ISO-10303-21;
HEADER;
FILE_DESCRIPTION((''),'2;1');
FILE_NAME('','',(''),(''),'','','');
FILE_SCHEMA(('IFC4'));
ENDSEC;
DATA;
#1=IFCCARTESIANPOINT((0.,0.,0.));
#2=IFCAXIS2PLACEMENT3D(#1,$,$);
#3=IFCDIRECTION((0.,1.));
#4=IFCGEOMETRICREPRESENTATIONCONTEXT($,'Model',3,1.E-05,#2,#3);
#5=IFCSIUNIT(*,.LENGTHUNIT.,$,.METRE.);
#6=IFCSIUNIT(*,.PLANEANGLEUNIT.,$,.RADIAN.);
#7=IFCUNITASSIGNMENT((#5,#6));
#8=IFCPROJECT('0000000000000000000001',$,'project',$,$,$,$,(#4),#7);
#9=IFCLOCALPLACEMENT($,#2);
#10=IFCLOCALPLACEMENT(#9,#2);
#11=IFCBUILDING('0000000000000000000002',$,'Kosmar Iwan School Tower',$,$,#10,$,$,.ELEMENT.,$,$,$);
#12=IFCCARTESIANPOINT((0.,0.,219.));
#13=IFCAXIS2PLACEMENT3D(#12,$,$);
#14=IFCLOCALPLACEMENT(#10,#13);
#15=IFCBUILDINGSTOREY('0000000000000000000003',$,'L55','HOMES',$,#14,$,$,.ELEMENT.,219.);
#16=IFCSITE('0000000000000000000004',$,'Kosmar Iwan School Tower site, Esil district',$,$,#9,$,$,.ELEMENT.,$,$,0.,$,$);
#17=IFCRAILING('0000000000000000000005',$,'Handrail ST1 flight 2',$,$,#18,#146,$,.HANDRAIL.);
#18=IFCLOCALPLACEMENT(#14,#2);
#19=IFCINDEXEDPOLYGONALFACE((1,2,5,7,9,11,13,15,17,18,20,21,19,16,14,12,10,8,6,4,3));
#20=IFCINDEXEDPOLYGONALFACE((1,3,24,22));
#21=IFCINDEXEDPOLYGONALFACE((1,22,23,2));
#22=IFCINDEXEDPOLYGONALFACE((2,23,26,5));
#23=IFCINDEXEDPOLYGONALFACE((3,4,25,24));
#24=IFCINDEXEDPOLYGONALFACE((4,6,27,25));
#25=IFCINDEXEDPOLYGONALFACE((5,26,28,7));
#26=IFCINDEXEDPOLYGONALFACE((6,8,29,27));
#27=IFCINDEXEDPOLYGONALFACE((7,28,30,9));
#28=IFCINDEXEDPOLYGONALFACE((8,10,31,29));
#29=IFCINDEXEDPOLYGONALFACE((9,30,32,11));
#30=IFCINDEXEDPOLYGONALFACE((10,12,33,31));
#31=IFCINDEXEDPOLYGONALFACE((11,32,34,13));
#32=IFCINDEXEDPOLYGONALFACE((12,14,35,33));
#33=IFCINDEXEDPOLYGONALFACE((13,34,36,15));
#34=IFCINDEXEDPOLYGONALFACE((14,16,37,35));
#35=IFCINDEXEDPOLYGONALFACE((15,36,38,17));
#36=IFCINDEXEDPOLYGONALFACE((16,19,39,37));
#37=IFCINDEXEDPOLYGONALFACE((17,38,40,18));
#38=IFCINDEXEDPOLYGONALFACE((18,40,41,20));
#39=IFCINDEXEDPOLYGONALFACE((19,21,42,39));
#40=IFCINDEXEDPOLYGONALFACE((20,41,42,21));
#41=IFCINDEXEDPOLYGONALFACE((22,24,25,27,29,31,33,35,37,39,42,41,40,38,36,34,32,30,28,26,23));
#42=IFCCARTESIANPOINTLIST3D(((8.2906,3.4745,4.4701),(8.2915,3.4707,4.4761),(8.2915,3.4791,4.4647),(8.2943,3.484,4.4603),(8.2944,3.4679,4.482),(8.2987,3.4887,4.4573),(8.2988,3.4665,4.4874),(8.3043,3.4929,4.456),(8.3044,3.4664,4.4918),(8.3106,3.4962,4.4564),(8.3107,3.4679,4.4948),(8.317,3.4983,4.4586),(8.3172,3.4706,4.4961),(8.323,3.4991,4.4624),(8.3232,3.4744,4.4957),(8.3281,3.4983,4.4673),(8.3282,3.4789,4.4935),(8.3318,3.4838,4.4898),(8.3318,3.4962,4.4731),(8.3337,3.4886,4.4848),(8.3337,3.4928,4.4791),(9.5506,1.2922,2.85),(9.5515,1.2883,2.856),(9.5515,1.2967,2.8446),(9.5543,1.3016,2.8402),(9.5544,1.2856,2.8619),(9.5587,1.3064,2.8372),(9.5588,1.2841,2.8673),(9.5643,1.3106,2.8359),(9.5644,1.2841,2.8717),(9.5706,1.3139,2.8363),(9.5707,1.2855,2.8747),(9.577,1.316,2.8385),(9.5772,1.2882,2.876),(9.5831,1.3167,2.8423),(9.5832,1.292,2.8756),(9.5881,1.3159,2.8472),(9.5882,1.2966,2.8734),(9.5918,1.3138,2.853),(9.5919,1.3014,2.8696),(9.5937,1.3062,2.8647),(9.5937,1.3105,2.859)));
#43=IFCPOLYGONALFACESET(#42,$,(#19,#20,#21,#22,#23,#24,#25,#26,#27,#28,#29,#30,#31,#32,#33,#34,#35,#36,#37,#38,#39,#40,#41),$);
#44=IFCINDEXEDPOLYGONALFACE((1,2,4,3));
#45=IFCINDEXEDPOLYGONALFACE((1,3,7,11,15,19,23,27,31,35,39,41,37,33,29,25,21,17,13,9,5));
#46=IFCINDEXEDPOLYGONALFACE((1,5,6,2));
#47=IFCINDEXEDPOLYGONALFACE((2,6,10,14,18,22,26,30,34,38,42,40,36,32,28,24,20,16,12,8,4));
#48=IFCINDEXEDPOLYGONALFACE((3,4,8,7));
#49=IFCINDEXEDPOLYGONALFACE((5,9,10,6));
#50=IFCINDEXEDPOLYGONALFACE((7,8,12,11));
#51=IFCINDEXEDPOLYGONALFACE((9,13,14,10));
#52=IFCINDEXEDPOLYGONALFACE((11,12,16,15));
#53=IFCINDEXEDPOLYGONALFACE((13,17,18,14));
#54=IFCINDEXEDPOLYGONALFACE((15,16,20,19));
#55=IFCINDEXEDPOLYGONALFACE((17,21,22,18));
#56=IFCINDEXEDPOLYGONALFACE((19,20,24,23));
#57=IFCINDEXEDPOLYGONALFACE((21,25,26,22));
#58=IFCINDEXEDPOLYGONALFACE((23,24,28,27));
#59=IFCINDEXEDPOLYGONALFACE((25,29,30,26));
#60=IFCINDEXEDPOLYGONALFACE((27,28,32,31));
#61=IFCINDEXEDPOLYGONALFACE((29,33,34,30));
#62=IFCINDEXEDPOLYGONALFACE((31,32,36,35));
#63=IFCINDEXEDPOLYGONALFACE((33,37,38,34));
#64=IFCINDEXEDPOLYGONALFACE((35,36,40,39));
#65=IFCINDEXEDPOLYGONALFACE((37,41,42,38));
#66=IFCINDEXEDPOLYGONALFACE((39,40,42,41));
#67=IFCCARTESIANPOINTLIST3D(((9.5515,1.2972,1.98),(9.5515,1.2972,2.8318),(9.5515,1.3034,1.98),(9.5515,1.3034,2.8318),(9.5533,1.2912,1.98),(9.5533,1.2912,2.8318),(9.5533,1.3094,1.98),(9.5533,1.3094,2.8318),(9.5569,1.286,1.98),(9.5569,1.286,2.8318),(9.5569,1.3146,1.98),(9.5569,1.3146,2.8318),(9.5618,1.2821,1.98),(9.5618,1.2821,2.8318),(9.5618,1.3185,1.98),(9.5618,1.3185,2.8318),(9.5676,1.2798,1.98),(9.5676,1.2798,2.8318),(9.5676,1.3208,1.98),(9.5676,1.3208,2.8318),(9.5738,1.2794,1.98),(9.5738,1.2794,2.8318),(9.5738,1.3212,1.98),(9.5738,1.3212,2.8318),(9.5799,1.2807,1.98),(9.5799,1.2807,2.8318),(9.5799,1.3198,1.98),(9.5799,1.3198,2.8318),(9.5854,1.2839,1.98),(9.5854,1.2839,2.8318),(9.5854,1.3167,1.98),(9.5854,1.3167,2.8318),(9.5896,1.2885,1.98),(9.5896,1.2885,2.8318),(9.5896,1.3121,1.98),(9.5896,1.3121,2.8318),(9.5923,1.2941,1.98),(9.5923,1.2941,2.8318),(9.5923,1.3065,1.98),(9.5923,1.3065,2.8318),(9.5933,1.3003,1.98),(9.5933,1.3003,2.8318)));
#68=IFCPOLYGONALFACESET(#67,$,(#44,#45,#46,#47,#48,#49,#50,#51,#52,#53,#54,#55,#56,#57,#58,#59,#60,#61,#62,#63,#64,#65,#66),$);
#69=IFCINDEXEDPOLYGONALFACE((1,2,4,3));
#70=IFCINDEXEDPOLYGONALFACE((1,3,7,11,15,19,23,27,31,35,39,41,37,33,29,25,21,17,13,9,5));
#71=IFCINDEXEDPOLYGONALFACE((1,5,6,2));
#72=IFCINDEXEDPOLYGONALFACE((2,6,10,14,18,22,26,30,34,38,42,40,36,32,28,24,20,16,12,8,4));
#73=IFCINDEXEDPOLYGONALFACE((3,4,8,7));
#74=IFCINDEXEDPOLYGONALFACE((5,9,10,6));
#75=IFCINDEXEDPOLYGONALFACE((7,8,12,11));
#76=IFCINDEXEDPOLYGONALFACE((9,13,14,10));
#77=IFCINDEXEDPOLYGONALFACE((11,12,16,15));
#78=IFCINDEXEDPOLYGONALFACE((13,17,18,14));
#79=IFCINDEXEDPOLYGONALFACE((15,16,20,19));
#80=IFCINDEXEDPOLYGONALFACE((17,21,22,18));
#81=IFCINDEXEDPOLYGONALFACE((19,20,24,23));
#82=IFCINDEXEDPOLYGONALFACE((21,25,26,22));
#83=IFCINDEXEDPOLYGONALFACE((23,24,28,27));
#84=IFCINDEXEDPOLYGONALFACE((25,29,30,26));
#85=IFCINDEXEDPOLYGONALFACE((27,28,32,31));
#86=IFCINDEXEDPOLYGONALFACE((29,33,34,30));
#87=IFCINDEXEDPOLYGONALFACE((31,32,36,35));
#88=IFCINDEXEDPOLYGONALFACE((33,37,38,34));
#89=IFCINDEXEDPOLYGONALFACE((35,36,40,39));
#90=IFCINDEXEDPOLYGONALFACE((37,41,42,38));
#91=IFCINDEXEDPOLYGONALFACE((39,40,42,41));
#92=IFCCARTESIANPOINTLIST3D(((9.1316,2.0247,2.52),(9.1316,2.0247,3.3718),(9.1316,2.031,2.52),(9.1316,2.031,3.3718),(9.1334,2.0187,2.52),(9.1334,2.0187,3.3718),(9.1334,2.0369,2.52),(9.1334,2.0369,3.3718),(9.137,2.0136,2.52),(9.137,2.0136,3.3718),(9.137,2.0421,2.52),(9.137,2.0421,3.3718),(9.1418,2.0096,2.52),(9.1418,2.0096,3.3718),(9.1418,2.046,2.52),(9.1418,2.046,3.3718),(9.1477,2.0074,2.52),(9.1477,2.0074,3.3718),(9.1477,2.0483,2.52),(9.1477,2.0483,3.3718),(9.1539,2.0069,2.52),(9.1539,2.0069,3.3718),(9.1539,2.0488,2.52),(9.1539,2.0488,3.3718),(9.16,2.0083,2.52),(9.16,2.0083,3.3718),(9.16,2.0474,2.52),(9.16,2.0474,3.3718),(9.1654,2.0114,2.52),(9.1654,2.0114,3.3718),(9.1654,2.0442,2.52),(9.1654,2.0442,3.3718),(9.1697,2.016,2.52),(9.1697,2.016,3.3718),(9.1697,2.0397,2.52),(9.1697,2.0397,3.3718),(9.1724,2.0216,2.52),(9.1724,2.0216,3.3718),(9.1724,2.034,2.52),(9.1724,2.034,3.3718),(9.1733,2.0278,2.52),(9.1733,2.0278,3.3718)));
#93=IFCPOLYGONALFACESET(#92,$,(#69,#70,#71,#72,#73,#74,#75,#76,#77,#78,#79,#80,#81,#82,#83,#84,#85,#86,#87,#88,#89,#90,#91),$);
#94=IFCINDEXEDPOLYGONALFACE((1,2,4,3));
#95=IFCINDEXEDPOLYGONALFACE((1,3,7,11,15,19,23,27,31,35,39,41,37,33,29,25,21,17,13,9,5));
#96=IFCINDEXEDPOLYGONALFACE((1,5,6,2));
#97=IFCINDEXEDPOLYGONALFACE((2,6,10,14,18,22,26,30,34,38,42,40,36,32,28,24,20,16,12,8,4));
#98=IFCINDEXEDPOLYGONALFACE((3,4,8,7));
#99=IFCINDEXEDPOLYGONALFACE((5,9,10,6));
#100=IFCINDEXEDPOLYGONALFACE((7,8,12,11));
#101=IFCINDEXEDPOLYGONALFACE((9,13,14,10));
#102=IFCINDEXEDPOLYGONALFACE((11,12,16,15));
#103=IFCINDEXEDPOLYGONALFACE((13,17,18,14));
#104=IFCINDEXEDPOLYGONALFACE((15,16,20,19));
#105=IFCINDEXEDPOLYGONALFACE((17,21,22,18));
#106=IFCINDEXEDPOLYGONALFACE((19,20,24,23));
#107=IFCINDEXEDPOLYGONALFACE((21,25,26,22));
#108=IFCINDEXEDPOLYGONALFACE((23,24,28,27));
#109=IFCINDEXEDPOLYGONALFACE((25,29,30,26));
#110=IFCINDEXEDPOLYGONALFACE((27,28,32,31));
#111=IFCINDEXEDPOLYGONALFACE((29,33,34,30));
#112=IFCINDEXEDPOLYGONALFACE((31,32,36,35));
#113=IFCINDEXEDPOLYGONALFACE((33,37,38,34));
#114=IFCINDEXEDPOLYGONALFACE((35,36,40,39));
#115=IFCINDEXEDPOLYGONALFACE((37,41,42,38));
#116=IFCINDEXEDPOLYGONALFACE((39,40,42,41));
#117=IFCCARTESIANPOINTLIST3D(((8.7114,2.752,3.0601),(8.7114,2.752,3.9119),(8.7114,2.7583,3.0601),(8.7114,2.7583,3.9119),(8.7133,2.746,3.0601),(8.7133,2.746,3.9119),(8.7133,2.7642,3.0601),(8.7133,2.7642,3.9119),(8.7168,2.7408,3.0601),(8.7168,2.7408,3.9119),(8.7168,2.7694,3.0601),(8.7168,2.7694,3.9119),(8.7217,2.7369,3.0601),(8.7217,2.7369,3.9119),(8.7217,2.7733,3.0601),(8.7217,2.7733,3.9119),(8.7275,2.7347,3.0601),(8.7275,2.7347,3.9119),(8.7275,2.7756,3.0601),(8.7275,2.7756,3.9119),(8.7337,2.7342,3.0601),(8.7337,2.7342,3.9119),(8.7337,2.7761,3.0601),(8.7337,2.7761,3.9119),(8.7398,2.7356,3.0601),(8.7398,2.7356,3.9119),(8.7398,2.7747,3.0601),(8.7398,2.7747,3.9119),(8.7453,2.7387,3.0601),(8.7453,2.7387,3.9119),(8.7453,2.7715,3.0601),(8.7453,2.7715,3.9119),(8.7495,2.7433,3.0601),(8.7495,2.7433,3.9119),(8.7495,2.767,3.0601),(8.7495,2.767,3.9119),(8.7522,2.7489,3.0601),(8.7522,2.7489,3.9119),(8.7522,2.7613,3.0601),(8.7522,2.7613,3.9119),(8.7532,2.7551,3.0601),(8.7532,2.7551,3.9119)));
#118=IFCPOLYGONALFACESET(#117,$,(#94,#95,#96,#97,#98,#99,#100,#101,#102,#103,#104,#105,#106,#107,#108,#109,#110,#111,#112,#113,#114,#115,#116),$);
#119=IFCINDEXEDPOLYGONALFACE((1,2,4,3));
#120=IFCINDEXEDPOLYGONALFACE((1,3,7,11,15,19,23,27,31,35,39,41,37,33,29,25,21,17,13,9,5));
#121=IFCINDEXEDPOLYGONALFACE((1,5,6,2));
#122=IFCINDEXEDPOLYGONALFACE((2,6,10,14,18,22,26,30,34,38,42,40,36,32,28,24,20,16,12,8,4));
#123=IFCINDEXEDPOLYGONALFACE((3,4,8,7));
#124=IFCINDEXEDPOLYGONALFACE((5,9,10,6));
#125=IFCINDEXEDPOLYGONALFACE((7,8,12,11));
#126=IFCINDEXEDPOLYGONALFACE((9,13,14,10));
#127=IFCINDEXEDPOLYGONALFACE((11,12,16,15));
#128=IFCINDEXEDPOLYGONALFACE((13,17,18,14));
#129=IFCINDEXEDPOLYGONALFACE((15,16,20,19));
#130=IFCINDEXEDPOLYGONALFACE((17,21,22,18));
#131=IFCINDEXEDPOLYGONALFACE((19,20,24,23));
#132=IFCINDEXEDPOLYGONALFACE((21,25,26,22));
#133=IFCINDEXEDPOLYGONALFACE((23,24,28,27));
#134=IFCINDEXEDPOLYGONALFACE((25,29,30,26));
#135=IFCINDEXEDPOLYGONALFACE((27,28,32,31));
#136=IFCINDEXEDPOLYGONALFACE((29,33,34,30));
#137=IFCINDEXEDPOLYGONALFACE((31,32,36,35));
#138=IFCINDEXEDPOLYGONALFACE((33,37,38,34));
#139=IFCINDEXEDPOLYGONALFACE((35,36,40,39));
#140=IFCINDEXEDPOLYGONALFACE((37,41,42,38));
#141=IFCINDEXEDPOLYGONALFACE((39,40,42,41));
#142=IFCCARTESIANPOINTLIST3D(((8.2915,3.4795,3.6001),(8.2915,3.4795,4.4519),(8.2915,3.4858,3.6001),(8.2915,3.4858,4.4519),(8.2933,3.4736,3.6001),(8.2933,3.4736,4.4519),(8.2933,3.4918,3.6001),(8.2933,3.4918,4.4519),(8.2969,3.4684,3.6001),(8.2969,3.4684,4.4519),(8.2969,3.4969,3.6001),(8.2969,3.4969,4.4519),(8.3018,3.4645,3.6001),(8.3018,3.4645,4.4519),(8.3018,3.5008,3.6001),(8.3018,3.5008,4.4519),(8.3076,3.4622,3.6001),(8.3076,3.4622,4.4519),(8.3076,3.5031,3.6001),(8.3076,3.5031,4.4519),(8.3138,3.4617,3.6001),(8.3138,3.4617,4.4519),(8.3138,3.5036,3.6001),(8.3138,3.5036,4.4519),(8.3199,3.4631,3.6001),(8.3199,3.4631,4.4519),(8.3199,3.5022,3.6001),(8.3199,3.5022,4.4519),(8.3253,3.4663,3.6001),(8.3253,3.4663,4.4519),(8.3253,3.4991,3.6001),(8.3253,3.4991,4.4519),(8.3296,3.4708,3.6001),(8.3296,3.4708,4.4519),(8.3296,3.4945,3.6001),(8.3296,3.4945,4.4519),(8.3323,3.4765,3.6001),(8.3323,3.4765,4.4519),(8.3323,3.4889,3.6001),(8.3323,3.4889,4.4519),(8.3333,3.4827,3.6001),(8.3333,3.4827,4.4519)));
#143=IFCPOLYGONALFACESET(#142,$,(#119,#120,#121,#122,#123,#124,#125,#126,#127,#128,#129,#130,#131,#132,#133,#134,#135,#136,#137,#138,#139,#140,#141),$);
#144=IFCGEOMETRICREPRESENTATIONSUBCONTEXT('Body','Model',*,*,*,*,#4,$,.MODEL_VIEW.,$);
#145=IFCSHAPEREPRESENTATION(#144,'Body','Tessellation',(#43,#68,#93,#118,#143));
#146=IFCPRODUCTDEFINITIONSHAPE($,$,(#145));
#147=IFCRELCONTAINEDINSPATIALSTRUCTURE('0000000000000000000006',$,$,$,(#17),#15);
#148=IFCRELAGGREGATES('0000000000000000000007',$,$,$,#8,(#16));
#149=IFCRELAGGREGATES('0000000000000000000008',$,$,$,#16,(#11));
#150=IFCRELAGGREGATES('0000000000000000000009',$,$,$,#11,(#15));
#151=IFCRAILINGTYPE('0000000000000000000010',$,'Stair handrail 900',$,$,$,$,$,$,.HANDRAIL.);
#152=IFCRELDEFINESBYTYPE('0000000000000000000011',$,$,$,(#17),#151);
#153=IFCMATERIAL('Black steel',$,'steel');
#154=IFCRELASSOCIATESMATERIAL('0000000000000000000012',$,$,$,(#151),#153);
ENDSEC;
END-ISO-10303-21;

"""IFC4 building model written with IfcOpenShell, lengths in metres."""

from ifc_helpers import new_model, si_unit, direction, frame, origin, origin_2d, place, context, subcontext, project, spatial, circle, extrude, material, type_object, element, save


model = new_model("IFC4")

# Units and contexts
model_context = context("Model", 3, precision=1e-05, world=origin(), true_north=direction((0.0, 1.0)))
body_context = subcontext(model_context, "Body", "Model", "MODEL_VIEW")
ifc_project = project(units=[si_unit("LENGTHUNIT", "METRE"), si_unit("PLANEANGLEUNIT", "RADIAN")], contexts=[model_context])

# Site, building, storey
site_placement = place(None, origin())
site = spatial("IfcSite", under=ifc_project, at=site_placement, Name="Kosmar Iwan School Tower site, Esil district", CompositionType="ELEMENT", RefElevation=0.0)
building_placement = place(site_placement, origin())
building = spatial("IfcBuilding", under=site, at=building_placement, Name="Kosmar Iwan School Tower", CompositionType="ELEMENT")
storey_placement = place(building_placement, frame((0.0, 0.0, 219.0)))
storey = spatial("IfcBuildingStorey", under=building, at=storey_placement, Name="L55", Description="HOMES", CompositionType="ELEMENT", Elevation=219.0)

# Railing
ifc_material_1 = material(Name="Black steel", Category="steel")
railing_type = type_object("IfcRailingType", Name="Stair handrail 900", PredefinedType="HANDRAIL", material=ifc_material_1)
railing_1_placement = place(storey_placement, frame((9.5723, 1.3003, 1.98)))
element("IfcRailing", 1, at=railing_1_placement, inside=storey, type_object=railing_type, Name="Handrail ST1 flight 2", PredefinedType="HANDRAIL", context=body_context, shape_type="SweptSolid", body=[
    extrude(circle(Radius=0.0239, at=origin_2d()), frame((0.0, 0.0, 0.876), z_axis=(-0.420584, 0.728464, 0.540786), x_axis=(-0.866023, -0.500005, 0.0)), (0.0, 0.0, 1.0), 2.9958),
    extrude(circle(Radius=0.021, at=origin_2d()), origin(), (0.0, 0.0, 1.0), 0.8518),
    extrude(circle(Radius=0.021, at=origin_2d()), frame((-0.4199, 0.7275, 0.54)), (0.0, 0.0, 1.0), 0.8518),
    extrude(circle(Radius=0.021, at=origin_2d()), frame((-0.8401, 1.4548, 1.0801)), (0.0, 0.0, 1.0), 0.8518),
    extrude(circle(Radius=0.021, at=origin_2d()), frame((-1.26, 2.1824, 1.6201)), (0.0, 0.0, 1.0), 0.8518),
])

save(model, "model.ifc")
